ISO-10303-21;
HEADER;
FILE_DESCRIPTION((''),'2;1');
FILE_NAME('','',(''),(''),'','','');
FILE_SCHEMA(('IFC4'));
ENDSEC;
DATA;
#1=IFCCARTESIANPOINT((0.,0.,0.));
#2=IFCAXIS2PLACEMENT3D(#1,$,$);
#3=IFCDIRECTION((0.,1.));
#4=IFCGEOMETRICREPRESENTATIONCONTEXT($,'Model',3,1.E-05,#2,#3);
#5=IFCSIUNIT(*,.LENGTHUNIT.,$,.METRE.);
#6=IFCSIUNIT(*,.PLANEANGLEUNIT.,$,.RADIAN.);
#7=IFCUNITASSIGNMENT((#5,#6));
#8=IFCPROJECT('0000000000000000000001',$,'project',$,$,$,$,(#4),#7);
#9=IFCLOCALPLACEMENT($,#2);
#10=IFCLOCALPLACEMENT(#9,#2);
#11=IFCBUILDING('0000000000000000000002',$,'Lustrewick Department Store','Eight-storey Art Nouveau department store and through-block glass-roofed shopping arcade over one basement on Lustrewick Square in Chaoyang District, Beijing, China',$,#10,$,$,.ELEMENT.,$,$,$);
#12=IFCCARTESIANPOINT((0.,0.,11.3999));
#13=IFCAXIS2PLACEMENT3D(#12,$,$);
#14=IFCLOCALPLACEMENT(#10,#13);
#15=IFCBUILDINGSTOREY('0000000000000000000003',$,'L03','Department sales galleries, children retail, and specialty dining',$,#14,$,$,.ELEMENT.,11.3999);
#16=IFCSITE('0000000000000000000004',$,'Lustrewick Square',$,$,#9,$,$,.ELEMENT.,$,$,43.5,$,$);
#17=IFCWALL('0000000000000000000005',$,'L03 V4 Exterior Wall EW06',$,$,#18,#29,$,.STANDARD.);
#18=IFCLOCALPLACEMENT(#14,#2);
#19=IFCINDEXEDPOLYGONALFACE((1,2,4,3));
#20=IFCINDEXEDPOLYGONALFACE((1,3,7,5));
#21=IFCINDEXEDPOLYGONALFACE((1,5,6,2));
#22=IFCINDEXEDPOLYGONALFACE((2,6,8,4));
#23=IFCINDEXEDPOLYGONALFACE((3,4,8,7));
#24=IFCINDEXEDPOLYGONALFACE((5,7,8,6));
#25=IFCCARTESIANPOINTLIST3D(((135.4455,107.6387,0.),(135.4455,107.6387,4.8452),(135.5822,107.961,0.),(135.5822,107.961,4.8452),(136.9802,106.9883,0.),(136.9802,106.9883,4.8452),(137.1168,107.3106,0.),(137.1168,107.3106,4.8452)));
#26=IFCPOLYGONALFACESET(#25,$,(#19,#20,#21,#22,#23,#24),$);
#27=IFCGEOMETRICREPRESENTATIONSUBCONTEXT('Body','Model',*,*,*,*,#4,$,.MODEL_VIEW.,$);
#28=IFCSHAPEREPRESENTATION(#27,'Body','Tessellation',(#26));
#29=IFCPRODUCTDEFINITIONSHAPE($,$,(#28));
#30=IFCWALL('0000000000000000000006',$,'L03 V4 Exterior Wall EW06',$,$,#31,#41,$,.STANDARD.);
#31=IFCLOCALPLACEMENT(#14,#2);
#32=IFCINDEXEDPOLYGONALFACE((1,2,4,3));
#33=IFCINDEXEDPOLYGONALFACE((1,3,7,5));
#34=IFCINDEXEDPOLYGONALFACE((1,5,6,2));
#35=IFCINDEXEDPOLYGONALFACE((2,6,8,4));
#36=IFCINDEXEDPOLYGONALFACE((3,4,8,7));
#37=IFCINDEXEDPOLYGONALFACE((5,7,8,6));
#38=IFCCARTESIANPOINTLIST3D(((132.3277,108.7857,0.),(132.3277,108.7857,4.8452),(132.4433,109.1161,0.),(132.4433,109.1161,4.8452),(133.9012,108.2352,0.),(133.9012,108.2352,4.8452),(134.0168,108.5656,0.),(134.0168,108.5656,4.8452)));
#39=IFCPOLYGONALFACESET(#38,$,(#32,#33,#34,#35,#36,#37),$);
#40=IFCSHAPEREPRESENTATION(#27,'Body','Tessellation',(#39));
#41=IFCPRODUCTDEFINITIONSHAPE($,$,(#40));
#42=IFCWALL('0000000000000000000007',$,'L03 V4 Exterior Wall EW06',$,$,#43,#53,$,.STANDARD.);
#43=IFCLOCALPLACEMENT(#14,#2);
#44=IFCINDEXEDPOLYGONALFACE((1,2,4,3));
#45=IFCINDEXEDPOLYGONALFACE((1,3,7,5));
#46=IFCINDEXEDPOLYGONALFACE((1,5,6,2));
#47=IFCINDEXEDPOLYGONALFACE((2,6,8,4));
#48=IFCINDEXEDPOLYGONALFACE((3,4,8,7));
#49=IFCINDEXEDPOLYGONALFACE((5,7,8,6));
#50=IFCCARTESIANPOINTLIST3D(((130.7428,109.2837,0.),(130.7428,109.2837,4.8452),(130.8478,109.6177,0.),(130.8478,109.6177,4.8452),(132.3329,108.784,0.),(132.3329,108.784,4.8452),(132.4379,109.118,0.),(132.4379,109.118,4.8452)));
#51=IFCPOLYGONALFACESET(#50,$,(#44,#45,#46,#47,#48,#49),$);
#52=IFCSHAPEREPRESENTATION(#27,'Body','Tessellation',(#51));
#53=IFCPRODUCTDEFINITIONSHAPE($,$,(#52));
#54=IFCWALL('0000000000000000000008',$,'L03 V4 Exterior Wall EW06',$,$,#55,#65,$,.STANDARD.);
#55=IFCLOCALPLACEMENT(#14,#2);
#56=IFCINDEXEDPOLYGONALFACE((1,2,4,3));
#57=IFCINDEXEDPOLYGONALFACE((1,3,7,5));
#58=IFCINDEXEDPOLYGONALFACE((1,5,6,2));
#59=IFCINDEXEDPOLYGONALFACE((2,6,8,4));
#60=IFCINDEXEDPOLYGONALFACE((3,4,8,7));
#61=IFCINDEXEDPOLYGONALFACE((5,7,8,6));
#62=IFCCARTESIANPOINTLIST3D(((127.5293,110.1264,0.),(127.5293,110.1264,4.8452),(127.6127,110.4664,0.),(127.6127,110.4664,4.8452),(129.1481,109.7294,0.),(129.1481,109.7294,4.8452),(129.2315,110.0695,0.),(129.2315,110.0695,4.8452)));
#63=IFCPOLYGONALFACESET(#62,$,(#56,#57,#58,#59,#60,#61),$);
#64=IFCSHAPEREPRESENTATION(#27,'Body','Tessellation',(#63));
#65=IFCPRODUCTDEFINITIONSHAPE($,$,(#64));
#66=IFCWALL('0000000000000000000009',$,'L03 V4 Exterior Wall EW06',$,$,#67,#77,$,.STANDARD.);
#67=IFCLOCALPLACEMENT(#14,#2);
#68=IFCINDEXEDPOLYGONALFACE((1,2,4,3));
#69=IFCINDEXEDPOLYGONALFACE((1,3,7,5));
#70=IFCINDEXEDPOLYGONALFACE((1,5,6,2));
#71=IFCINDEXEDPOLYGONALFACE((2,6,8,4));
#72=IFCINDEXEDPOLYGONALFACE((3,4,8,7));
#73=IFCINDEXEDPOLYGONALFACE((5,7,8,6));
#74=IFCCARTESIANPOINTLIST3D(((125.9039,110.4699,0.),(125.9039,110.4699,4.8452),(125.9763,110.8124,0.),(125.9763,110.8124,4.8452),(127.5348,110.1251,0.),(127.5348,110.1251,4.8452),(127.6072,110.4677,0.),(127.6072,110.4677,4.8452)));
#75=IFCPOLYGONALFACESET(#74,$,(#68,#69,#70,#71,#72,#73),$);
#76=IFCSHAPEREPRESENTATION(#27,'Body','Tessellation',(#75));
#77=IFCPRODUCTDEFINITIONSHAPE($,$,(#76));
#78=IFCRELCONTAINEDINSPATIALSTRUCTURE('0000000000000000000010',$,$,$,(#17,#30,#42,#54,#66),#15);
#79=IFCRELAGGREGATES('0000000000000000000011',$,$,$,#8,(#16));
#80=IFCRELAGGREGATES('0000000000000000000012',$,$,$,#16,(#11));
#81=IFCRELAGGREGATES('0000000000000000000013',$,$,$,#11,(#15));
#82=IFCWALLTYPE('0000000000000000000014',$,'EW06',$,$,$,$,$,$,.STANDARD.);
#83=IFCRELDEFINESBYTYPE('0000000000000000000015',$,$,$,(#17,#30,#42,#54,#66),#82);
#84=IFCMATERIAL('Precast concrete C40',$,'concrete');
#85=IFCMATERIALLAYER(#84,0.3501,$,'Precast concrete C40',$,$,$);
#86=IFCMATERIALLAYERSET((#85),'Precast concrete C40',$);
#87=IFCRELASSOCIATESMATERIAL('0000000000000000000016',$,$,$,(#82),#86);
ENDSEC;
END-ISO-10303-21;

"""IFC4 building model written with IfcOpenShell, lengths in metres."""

from ifc_helpers import new_model, si_unit, direction, frame, frame_2d, origin, place, context, subcontext, project, spatial, rectangle, extrude, material, layer, layer_set, type_object, element, save


model = new_model("IFC4")

# Units and contexts
model_context = context("Model", 3, precision=1e-05, world=origin(), true_north=direction((0.0, 1.0)))
body_context = subcontext(model_context, "Body", "Model", "MODEL_VIEW")
ifc_project = project(units=[si_unit("LENGTHUNIT", "METRE"), si_unit("PLANEANGLEUNIT", "RADIAN")], contexts=[model_context])

# Site, building, storey
site_placement = place(None, origin())
site = spatial("IfcSite", under=ifc_project, at=site_placement, Name="Lustrewick Square", CompositionType="ELEMENT", RefElevation=43.5)
building_placement = place(site_placement, origin())
building = spatial("IfcBuilding", under=site, at=building_placement, Name="Lustrewick Department Store", Description="Eight-storey Art Nouveau department store and through-block glass-roofed shopping arcade over one basement on Lustrewick Square in Chaoyang District, Beijing, China", CompositionType="ELEMENT")
storey_placement = place(building_placement, frame((0.0, 0.0, 11.3999)))
storey = spatial("IfcBuildingStorey", under=building, at=storey_placement, Name="L03", Description="Department sales galleries, children retail, and specialty dining", CompositionType="ELEMENT", Elevation=11.3999)

# Walls
ifc_material_1 = material(Name="Precast concrete C40", Category="concrete")
ifc_layer_1 = layer(ifc_material_1, 0.3501, Name="Precast concrete C40")
ifc_layer_set_1 = layer_set([ifc_layer_1], Name="Precast concrete C40")
wall_type = type_object("IfcWallType", Name="EW06", PredefinedType="STANDARD", material=ifc_layer_set_1)
wall_1_placement = place(storey_placement, frame((137.0486, 107.1494, 0.0), z_axis=(0.0, 0.0, 1.0), x_axis=(-0.920729, 0.390204, 0.0)))
element("IfcWall", 1, at=wall_1_placement, inside=storey, type_object=wall_type, Name="L03 V4 Exterior Wall EW06", PredefinedType="STANDARD", context=body_context, shape_type="SweptSolid", body=[
    extrude(rectangle(XDim=1.6667, YDim=0.3501, at=frame_2d((0.8335, 0.0))), origin(), (0.0, 0.0, 1.0), 4.8452),
])
wall_2_placement = place(storey_placement, frame((133.959, 108.4004, 0.0), z_axis=(0.0, 0.0, 1.0), x_axis=(-0.943893, 0.330253, 0.0)))
element("IfcWall", 2, at=wall_2_placement, inside=storey, type_object=wall_type, Name="L03 V4 Exterior Wall EW06", PredefinedType="STANDARD", context=body_context, shape_type="SweptSolid", body=[
    extrude(rectangle(XDim=1.667, YDim=0.3501, at=frame_2d((0.8335, 0.0))), origin(), (0.0, 0.0, 1.0), 4.8452),
])
for number, where, z_axis, x_axis, name in (
    (3, (132.3855, 108.9509, 0.0), (0.0, 0.0, 1.0), (-0.953991, 0.299834, 0.0), "L03 V4 Exterior Wall EW06"),
    (4, (129.1899, 109.8994, 0.0), (0.0, 0.0, 1.0), (-0.971227, 0.238156, 0.0), "L03 V4 Exterior Wall EW06"),
):
    element("IfcWall", number, at=place(storey_placement, frame(where, z_axis=z_axis, x_axis=x_axis)), inside=storey, type_object=wall_type, Name=name, PredefinedType="STANDARD", context=body_context, shape_type="SweptSolid", body=[
        extrude(rectangle(XDim=1.6667, YDim=0.3501, at=frame_2d((0.8335, 0.0))), origin(), (0.0, 0.0, 1.0), 4.8452),
    ])
wall_3_placement = place(storey_placement, frame((127.571, 110.2964, 0.0), z_axis=(0.0, 0.0, 1.0), x_axis=(-0.978382, 0.206808, 0.0)))
element("IfcWall", 5, at=wall_3_placement, inside=storey, type_object=wall_type, Name="L03 V4 Exterior Wall EW06", PredefinedType="STANDARD", context=body_context, shape_type="SweptSolid", body=[
    extrude(rectangle(XDim=1.667, YDim=0.3501, at=frame_2d((0.8335, 0.0))), origin(), (0.0, 0.0, 1.0), 4.8452),
])

save(model, "model.ifc")
